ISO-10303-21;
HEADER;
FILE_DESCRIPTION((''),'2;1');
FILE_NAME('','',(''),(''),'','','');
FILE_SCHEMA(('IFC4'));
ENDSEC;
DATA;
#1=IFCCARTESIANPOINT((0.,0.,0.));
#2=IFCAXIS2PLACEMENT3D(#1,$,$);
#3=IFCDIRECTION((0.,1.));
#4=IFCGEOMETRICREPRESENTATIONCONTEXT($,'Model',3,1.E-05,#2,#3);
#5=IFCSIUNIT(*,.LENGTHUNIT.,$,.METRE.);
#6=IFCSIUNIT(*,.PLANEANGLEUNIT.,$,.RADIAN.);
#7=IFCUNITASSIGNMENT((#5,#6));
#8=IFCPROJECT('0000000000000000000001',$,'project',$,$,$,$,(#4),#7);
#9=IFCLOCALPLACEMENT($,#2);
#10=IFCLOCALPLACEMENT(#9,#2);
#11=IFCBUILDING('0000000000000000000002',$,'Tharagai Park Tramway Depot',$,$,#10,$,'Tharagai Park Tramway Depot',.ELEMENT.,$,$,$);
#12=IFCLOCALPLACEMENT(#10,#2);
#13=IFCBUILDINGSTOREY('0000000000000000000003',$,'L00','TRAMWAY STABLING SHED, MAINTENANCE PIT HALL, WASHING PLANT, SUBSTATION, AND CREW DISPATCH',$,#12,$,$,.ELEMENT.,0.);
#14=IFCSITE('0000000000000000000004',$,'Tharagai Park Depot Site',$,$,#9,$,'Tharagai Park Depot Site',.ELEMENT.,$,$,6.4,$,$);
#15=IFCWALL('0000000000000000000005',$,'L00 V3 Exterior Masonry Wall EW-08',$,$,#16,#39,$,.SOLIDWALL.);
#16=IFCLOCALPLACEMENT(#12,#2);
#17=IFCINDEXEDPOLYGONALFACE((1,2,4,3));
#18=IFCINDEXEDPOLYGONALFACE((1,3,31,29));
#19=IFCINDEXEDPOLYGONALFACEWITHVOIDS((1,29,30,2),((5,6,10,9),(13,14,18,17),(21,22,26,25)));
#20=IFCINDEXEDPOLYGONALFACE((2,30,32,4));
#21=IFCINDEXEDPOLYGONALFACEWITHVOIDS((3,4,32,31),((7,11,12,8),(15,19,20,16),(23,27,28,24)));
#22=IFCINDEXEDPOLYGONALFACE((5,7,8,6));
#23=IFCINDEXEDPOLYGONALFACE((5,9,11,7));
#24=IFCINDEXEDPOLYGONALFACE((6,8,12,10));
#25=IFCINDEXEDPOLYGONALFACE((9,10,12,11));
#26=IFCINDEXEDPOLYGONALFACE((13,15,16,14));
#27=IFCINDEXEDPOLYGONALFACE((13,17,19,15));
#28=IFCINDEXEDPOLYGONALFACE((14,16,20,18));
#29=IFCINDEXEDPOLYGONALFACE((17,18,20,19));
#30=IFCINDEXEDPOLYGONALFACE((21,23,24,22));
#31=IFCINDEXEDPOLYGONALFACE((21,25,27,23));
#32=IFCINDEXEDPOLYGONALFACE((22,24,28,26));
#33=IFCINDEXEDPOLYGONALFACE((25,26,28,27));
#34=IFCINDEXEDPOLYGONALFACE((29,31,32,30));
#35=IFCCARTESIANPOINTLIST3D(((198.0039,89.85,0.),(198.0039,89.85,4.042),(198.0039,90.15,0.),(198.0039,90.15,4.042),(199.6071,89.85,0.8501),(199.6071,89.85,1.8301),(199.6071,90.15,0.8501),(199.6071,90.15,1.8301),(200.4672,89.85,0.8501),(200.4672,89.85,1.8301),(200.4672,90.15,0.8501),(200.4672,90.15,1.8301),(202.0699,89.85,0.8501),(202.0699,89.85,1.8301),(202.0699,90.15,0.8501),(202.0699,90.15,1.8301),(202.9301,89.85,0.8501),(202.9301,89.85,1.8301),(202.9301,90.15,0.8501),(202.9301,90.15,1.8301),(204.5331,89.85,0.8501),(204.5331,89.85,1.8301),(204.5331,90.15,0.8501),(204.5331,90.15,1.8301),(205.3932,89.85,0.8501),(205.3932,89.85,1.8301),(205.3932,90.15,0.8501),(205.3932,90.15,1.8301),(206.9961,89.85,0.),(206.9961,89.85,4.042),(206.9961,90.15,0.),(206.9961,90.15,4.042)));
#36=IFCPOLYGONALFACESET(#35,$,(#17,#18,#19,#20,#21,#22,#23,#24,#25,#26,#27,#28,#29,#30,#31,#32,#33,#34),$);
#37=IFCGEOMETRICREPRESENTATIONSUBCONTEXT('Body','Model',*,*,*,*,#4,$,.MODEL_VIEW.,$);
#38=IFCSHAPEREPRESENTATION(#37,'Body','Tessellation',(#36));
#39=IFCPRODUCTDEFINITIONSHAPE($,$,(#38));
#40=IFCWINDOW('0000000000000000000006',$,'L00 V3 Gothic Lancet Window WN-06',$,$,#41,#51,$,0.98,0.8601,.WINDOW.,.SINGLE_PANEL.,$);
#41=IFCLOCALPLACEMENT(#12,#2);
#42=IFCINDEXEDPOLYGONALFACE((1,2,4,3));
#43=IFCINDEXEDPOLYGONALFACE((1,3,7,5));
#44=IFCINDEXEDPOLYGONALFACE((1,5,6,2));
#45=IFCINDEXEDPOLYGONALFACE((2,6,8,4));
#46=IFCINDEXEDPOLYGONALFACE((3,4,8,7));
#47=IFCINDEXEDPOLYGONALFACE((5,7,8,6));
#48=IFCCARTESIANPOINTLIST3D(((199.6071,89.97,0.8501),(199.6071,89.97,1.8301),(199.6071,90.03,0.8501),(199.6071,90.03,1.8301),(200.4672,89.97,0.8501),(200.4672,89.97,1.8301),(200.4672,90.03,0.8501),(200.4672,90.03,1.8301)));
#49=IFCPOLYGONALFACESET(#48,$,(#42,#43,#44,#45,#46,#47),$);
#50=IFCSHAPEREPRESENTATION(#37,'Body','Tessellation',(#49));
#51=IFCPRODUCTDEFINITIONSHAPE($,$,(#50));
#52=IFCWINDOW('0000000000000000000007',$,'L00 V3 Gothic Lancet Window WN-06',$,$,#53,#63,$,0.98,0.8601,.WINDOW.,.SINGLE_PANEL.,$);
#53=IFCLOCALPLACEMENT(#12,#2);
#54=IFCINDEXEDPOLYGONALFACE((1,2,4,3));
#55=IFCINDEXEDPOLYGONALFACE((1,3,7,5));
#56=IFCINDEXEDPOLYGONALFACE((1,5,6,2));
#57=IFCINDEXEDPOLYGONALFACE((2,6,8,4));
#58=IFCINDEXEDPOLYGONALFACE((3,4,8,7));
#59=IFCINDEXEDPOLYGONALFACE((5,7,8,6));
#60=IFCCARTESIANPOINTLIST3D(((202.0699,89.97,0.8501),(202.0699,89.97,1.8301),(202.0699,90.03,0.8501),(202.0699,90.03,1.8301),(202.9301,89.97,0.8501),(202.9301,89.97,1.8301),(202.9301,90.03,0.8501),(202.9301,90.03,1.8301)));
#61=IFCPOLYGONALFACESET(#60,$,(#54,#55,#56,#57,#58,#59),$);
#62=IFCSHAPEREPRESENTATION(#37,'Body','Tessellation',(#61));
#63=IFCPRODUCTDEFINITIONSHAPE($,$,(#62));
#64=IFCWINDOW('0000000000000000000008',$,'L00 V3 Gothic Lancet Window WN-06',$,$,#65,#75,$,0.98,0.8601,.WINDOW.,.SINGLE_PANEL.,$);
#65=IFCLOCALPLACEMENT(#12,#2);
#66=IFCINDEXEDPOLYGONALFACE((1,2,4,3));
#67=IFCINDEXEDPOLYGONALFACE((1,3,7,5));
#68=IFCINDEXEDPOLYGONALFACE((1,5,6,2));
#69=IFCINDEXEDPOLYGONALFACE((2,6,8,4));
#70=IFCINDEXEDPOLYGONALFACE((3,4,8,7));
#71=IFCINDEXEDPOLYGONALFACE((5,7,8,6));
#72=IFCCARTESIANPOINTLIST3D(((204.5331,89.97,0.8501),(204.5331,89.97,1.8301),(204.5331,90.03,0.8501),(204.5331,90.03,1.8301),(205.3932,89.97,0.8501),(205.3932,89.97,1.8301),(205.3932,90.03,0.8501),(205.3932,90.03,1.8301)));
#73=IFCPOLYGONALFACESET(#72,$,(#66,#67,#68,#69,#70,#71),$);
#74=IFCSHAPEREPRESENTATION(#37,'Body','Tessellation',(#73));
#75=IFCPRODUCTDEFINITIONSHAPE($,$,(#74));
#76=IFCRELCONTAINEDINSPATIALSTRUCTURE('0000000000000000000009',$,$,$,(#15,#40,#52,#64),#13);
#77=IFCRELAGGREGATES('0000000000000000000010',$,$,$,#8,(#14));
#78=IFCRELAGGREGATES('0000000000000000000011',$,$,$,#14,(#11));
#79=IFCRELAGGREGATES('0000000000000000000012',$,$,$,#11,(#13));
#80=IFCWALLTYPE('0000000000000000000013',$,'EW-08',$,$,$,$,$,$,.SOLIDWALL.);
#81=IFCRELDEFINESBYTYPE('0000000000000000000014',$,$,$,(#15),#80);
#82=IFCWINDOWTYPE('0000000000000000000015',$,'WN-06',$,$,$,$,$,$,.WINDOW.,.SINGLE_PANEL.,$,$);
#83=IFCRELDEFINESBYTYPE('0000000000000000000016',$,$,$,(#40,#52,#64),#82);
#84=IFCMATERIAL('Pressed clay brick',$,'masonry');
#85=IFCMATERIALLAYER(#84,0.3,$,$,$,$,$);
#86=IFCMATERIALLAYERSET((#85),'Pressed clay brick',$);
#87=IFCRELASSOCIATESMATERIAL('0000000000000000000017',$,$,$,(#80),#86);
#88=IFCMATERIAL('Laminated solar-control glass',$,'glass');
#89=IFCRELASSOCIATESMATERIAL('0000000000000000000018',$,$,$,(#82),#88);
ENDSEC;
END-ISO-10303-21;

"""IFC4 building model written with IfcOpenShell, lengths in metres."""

from ifc_helpers import new_model, si_unit, direction, frame, frame_2d, origin, place, context, subcontext, project, spatial, rectangle, extrude, material, layer, layer_set, type_object, element, fill, save


model = new_model("IFC4")

# Units and contexts
model_context = context("Model", 3, precision=1e-05, world=origin(), true_north=direction((0.0, 1.0)))
body_context = subcontext(model_context, "Body", "Model", "MODEL_VIEW")
ifc_project = project(units=[si_unit("LENGTHUNIT", "METRE"), si_unit("PLANEANGLEUNIT", "RADIAN")], contexts=[model_context])

# Site, building, storey
site_placement = place(None, origin())
site = spatial("IfcSite", under=ifc_project, at=site_placement, Name="Tharagai Park Depot Site", LongName="Tharagai Park Depot Site", CompositionType="ELEMENT", RefElevation=6.4)
building_placement = place(site_placement, origin())
building = spatial("IfcBuilding", under=site, at=building_placement, Name="Tharagai Park Tramway Depot", LongName="Tharagai Park Tramway Depot", CompositionType="ELEMENT")
storey_placement = place(building_placement, origin())
storey = spatial("IfcBuildingStorey", under=building, at=storey_placement, Name="L00", Description="TRAMWAY STABLING SHED, MAINTENANCE PIT HALL, WASHING PLANT, SUBSTATION, AND CREW DISPATCH", CompositionType="ELEMENT", Elevation=0.0)

# Wall, openings, windows
ifc_material_1 = material(Name="Pressed clay brick", Category="masonry")
ifc_layer = layer(ifc_material_1, 0.3)
ifc_layer_set = layer_set([ifc_layer], Name="Pressed clay brick")
wall_type = type_object("IfcWallType", Name="EW-08", PredefinedType="SOLIDWALL", material=ifc_layer_set)
wall_placement = place(storey_placement, frame((198.0039, 90.0, 0.0), z_axis=(0.0, 0.0, 1.0), x_axis=(1.0, 0.0, 0.0)))
wall = element("IfcWall", 1, at=wall_placement, inside=storey, type_object=wall_type, Name="L00 V3 Exterior Masonry Wall EW-08", PredefinedType="SOLIDWALL", context=body_context, shape_type="SweptSolid", body=[
    extrude(rectangle(XDim=8.9922, YDim=0.3, at=frame_2d((4.4961, 0.0))), origin(), (0.0, 0.0, 1.0), 4.042),
])
opening_1_placement = place(wall_placement, frame((1.603, 0.0, 0.8501)))
opening_1 = element("IfcOpeningElement", 2, at=opening_1_placement, cuts=wall, PredefinedType="OPENING", context=body_context, shape_type="SweptSolid", body=[
    extrude(rectangle(XDim=0.8601, YDim=0.98, at=frame_2d((0.4302, 0.49))), frame((0.0, 0.1599, 0.0), z_axis=(0.0, -1.0, 0.0), x_axis=(1.0, 0.0, 0.0)), (0.0, 0.0, 1.0), 0.3201),
])
opening_2_placement = place(wall_placement, frame((4.0659, 0.0, 0.8501)))
opening_2 = element("IfcOpeningElement", 3, at=opening_2_placement, cuts=wall, PredefinedType="OPENING", context=body_context, shape_type="SweptSolid", body=[
    extrude(rectangle(XDim=0.8601, YDim=0.98, at=frame_2d((0.4302, 0.49))), frame((0.0, 0.1599, 0.0), z_axis=(0.0, -1.0, 0.0), x_axis=(1.0, 0.0, 0.0)), (0.0, 0.0, 1.0), 0.3201),
])
opening_3_placement = place(wall_placement, frame((6.5291, 0.0, 0.8501)))
opening_3 = element("IfcOpeningElement", 4, at=opening_3_placement, cuts=wall, PredefinedType="OPENING", context=body_context, shape_type="SweptSolid", body=[
    extrude(rectangle(XDim=0.8601, YDim=0.98, at=frame_2d((0.4302, 0.49))), frame((0.0, 0.1599, 0.0), z_axis=(0.0, -1.0, 0.0), x_axis=(1.0, 0.0, 0.0)), (0.0, 0.0, 1.0), 0.3201),
])
ifc_material_2 = material(Name="Laminated solar-control glass", Category="glass")
window_type = type_object("IfcWindowType", Name="WN-06", PartitioningType="SINGLE_PANEL", PredefinedType="WINDOW", material=ifc_material_2)
window_1_placement = place(opening_1_placement, origin())
window_1 = element("IfcWindow", 5, at=window_1_placement, inside=storey, type_object=window_type, Name="L00 V3 Gothic Lancet Window WN-06", OverallHeight=0.98, OverallWidth=0.8601, PartitioningType="SINGLE_PANEL", PredefinedType="WINDOW", context=body_context, shape_type="SweptSolid", body=[
    extrude(rectangle(XDim=0.8601, YDim=0.98, at=frame_2d((0.4302, 0.49))), frame((0.0, 0.03, 0.0), z_axis=(0.0, -1.0, 0.0), x_axis=(1.0, 0.0, 0.0)), (0.0, 0.0, 1.0), 0.0601),
])
fill(opening_1, window_1)
window_2_placement = place(opening_2_placement, origin())
window_2 = element("IfcWindow", 6, at=window_2_placement, inside=storey, type_object=window_type, Name="L00 V3 Gothic Lancet Window WN-06", OverallHeight=0.98, OverallWidth=0.8601, PartitioningType="SINGLE_PANEL", PredefinedType="WINDOW", context=body_context, shape_type="SweptSolid", body=[
    extrude(rectangle(XDim=0.8601, YDim=0.98, at=frame_2d((0.4302, 0.49))), frame((0.0, 0.03, 0.0), z_axis=(0.0, -1.0, 0.0), x_axis=(1.0, 0.0, 0.0)), (0.0, 0.0, 1.0), 0.0601),
])
fill(opening_2, window_2)
window_3_placement = place(opening_3_placement, origin())
window_3 = element("IfcWindow", 7, at=window_3_placement, inside=storey, type_object=window_type, Name="L00 V3 Gothic Lancet Window WN-06", OverallHeight=0.98, OverallWidth=0.8601, PartitioningType="SINGLE_PANEL", PredefinedType="WINDOW", context=body_context, shape_type="SweptSolid", body=[
    extrude(rectangle(XDim=0.8601, YDim=0.98, at=frame_2d((0.4302, 0.49))), frame((0.0, 0.03, 0.0), z_axis=(0.0, -1.0, 0.0), x_axis=(1.0, 0.0, 0.0)), (0.0, 0.0, 1.0), 0.0601),
])
fill(opening_3, window_3)

save(model, "model.ifc")
